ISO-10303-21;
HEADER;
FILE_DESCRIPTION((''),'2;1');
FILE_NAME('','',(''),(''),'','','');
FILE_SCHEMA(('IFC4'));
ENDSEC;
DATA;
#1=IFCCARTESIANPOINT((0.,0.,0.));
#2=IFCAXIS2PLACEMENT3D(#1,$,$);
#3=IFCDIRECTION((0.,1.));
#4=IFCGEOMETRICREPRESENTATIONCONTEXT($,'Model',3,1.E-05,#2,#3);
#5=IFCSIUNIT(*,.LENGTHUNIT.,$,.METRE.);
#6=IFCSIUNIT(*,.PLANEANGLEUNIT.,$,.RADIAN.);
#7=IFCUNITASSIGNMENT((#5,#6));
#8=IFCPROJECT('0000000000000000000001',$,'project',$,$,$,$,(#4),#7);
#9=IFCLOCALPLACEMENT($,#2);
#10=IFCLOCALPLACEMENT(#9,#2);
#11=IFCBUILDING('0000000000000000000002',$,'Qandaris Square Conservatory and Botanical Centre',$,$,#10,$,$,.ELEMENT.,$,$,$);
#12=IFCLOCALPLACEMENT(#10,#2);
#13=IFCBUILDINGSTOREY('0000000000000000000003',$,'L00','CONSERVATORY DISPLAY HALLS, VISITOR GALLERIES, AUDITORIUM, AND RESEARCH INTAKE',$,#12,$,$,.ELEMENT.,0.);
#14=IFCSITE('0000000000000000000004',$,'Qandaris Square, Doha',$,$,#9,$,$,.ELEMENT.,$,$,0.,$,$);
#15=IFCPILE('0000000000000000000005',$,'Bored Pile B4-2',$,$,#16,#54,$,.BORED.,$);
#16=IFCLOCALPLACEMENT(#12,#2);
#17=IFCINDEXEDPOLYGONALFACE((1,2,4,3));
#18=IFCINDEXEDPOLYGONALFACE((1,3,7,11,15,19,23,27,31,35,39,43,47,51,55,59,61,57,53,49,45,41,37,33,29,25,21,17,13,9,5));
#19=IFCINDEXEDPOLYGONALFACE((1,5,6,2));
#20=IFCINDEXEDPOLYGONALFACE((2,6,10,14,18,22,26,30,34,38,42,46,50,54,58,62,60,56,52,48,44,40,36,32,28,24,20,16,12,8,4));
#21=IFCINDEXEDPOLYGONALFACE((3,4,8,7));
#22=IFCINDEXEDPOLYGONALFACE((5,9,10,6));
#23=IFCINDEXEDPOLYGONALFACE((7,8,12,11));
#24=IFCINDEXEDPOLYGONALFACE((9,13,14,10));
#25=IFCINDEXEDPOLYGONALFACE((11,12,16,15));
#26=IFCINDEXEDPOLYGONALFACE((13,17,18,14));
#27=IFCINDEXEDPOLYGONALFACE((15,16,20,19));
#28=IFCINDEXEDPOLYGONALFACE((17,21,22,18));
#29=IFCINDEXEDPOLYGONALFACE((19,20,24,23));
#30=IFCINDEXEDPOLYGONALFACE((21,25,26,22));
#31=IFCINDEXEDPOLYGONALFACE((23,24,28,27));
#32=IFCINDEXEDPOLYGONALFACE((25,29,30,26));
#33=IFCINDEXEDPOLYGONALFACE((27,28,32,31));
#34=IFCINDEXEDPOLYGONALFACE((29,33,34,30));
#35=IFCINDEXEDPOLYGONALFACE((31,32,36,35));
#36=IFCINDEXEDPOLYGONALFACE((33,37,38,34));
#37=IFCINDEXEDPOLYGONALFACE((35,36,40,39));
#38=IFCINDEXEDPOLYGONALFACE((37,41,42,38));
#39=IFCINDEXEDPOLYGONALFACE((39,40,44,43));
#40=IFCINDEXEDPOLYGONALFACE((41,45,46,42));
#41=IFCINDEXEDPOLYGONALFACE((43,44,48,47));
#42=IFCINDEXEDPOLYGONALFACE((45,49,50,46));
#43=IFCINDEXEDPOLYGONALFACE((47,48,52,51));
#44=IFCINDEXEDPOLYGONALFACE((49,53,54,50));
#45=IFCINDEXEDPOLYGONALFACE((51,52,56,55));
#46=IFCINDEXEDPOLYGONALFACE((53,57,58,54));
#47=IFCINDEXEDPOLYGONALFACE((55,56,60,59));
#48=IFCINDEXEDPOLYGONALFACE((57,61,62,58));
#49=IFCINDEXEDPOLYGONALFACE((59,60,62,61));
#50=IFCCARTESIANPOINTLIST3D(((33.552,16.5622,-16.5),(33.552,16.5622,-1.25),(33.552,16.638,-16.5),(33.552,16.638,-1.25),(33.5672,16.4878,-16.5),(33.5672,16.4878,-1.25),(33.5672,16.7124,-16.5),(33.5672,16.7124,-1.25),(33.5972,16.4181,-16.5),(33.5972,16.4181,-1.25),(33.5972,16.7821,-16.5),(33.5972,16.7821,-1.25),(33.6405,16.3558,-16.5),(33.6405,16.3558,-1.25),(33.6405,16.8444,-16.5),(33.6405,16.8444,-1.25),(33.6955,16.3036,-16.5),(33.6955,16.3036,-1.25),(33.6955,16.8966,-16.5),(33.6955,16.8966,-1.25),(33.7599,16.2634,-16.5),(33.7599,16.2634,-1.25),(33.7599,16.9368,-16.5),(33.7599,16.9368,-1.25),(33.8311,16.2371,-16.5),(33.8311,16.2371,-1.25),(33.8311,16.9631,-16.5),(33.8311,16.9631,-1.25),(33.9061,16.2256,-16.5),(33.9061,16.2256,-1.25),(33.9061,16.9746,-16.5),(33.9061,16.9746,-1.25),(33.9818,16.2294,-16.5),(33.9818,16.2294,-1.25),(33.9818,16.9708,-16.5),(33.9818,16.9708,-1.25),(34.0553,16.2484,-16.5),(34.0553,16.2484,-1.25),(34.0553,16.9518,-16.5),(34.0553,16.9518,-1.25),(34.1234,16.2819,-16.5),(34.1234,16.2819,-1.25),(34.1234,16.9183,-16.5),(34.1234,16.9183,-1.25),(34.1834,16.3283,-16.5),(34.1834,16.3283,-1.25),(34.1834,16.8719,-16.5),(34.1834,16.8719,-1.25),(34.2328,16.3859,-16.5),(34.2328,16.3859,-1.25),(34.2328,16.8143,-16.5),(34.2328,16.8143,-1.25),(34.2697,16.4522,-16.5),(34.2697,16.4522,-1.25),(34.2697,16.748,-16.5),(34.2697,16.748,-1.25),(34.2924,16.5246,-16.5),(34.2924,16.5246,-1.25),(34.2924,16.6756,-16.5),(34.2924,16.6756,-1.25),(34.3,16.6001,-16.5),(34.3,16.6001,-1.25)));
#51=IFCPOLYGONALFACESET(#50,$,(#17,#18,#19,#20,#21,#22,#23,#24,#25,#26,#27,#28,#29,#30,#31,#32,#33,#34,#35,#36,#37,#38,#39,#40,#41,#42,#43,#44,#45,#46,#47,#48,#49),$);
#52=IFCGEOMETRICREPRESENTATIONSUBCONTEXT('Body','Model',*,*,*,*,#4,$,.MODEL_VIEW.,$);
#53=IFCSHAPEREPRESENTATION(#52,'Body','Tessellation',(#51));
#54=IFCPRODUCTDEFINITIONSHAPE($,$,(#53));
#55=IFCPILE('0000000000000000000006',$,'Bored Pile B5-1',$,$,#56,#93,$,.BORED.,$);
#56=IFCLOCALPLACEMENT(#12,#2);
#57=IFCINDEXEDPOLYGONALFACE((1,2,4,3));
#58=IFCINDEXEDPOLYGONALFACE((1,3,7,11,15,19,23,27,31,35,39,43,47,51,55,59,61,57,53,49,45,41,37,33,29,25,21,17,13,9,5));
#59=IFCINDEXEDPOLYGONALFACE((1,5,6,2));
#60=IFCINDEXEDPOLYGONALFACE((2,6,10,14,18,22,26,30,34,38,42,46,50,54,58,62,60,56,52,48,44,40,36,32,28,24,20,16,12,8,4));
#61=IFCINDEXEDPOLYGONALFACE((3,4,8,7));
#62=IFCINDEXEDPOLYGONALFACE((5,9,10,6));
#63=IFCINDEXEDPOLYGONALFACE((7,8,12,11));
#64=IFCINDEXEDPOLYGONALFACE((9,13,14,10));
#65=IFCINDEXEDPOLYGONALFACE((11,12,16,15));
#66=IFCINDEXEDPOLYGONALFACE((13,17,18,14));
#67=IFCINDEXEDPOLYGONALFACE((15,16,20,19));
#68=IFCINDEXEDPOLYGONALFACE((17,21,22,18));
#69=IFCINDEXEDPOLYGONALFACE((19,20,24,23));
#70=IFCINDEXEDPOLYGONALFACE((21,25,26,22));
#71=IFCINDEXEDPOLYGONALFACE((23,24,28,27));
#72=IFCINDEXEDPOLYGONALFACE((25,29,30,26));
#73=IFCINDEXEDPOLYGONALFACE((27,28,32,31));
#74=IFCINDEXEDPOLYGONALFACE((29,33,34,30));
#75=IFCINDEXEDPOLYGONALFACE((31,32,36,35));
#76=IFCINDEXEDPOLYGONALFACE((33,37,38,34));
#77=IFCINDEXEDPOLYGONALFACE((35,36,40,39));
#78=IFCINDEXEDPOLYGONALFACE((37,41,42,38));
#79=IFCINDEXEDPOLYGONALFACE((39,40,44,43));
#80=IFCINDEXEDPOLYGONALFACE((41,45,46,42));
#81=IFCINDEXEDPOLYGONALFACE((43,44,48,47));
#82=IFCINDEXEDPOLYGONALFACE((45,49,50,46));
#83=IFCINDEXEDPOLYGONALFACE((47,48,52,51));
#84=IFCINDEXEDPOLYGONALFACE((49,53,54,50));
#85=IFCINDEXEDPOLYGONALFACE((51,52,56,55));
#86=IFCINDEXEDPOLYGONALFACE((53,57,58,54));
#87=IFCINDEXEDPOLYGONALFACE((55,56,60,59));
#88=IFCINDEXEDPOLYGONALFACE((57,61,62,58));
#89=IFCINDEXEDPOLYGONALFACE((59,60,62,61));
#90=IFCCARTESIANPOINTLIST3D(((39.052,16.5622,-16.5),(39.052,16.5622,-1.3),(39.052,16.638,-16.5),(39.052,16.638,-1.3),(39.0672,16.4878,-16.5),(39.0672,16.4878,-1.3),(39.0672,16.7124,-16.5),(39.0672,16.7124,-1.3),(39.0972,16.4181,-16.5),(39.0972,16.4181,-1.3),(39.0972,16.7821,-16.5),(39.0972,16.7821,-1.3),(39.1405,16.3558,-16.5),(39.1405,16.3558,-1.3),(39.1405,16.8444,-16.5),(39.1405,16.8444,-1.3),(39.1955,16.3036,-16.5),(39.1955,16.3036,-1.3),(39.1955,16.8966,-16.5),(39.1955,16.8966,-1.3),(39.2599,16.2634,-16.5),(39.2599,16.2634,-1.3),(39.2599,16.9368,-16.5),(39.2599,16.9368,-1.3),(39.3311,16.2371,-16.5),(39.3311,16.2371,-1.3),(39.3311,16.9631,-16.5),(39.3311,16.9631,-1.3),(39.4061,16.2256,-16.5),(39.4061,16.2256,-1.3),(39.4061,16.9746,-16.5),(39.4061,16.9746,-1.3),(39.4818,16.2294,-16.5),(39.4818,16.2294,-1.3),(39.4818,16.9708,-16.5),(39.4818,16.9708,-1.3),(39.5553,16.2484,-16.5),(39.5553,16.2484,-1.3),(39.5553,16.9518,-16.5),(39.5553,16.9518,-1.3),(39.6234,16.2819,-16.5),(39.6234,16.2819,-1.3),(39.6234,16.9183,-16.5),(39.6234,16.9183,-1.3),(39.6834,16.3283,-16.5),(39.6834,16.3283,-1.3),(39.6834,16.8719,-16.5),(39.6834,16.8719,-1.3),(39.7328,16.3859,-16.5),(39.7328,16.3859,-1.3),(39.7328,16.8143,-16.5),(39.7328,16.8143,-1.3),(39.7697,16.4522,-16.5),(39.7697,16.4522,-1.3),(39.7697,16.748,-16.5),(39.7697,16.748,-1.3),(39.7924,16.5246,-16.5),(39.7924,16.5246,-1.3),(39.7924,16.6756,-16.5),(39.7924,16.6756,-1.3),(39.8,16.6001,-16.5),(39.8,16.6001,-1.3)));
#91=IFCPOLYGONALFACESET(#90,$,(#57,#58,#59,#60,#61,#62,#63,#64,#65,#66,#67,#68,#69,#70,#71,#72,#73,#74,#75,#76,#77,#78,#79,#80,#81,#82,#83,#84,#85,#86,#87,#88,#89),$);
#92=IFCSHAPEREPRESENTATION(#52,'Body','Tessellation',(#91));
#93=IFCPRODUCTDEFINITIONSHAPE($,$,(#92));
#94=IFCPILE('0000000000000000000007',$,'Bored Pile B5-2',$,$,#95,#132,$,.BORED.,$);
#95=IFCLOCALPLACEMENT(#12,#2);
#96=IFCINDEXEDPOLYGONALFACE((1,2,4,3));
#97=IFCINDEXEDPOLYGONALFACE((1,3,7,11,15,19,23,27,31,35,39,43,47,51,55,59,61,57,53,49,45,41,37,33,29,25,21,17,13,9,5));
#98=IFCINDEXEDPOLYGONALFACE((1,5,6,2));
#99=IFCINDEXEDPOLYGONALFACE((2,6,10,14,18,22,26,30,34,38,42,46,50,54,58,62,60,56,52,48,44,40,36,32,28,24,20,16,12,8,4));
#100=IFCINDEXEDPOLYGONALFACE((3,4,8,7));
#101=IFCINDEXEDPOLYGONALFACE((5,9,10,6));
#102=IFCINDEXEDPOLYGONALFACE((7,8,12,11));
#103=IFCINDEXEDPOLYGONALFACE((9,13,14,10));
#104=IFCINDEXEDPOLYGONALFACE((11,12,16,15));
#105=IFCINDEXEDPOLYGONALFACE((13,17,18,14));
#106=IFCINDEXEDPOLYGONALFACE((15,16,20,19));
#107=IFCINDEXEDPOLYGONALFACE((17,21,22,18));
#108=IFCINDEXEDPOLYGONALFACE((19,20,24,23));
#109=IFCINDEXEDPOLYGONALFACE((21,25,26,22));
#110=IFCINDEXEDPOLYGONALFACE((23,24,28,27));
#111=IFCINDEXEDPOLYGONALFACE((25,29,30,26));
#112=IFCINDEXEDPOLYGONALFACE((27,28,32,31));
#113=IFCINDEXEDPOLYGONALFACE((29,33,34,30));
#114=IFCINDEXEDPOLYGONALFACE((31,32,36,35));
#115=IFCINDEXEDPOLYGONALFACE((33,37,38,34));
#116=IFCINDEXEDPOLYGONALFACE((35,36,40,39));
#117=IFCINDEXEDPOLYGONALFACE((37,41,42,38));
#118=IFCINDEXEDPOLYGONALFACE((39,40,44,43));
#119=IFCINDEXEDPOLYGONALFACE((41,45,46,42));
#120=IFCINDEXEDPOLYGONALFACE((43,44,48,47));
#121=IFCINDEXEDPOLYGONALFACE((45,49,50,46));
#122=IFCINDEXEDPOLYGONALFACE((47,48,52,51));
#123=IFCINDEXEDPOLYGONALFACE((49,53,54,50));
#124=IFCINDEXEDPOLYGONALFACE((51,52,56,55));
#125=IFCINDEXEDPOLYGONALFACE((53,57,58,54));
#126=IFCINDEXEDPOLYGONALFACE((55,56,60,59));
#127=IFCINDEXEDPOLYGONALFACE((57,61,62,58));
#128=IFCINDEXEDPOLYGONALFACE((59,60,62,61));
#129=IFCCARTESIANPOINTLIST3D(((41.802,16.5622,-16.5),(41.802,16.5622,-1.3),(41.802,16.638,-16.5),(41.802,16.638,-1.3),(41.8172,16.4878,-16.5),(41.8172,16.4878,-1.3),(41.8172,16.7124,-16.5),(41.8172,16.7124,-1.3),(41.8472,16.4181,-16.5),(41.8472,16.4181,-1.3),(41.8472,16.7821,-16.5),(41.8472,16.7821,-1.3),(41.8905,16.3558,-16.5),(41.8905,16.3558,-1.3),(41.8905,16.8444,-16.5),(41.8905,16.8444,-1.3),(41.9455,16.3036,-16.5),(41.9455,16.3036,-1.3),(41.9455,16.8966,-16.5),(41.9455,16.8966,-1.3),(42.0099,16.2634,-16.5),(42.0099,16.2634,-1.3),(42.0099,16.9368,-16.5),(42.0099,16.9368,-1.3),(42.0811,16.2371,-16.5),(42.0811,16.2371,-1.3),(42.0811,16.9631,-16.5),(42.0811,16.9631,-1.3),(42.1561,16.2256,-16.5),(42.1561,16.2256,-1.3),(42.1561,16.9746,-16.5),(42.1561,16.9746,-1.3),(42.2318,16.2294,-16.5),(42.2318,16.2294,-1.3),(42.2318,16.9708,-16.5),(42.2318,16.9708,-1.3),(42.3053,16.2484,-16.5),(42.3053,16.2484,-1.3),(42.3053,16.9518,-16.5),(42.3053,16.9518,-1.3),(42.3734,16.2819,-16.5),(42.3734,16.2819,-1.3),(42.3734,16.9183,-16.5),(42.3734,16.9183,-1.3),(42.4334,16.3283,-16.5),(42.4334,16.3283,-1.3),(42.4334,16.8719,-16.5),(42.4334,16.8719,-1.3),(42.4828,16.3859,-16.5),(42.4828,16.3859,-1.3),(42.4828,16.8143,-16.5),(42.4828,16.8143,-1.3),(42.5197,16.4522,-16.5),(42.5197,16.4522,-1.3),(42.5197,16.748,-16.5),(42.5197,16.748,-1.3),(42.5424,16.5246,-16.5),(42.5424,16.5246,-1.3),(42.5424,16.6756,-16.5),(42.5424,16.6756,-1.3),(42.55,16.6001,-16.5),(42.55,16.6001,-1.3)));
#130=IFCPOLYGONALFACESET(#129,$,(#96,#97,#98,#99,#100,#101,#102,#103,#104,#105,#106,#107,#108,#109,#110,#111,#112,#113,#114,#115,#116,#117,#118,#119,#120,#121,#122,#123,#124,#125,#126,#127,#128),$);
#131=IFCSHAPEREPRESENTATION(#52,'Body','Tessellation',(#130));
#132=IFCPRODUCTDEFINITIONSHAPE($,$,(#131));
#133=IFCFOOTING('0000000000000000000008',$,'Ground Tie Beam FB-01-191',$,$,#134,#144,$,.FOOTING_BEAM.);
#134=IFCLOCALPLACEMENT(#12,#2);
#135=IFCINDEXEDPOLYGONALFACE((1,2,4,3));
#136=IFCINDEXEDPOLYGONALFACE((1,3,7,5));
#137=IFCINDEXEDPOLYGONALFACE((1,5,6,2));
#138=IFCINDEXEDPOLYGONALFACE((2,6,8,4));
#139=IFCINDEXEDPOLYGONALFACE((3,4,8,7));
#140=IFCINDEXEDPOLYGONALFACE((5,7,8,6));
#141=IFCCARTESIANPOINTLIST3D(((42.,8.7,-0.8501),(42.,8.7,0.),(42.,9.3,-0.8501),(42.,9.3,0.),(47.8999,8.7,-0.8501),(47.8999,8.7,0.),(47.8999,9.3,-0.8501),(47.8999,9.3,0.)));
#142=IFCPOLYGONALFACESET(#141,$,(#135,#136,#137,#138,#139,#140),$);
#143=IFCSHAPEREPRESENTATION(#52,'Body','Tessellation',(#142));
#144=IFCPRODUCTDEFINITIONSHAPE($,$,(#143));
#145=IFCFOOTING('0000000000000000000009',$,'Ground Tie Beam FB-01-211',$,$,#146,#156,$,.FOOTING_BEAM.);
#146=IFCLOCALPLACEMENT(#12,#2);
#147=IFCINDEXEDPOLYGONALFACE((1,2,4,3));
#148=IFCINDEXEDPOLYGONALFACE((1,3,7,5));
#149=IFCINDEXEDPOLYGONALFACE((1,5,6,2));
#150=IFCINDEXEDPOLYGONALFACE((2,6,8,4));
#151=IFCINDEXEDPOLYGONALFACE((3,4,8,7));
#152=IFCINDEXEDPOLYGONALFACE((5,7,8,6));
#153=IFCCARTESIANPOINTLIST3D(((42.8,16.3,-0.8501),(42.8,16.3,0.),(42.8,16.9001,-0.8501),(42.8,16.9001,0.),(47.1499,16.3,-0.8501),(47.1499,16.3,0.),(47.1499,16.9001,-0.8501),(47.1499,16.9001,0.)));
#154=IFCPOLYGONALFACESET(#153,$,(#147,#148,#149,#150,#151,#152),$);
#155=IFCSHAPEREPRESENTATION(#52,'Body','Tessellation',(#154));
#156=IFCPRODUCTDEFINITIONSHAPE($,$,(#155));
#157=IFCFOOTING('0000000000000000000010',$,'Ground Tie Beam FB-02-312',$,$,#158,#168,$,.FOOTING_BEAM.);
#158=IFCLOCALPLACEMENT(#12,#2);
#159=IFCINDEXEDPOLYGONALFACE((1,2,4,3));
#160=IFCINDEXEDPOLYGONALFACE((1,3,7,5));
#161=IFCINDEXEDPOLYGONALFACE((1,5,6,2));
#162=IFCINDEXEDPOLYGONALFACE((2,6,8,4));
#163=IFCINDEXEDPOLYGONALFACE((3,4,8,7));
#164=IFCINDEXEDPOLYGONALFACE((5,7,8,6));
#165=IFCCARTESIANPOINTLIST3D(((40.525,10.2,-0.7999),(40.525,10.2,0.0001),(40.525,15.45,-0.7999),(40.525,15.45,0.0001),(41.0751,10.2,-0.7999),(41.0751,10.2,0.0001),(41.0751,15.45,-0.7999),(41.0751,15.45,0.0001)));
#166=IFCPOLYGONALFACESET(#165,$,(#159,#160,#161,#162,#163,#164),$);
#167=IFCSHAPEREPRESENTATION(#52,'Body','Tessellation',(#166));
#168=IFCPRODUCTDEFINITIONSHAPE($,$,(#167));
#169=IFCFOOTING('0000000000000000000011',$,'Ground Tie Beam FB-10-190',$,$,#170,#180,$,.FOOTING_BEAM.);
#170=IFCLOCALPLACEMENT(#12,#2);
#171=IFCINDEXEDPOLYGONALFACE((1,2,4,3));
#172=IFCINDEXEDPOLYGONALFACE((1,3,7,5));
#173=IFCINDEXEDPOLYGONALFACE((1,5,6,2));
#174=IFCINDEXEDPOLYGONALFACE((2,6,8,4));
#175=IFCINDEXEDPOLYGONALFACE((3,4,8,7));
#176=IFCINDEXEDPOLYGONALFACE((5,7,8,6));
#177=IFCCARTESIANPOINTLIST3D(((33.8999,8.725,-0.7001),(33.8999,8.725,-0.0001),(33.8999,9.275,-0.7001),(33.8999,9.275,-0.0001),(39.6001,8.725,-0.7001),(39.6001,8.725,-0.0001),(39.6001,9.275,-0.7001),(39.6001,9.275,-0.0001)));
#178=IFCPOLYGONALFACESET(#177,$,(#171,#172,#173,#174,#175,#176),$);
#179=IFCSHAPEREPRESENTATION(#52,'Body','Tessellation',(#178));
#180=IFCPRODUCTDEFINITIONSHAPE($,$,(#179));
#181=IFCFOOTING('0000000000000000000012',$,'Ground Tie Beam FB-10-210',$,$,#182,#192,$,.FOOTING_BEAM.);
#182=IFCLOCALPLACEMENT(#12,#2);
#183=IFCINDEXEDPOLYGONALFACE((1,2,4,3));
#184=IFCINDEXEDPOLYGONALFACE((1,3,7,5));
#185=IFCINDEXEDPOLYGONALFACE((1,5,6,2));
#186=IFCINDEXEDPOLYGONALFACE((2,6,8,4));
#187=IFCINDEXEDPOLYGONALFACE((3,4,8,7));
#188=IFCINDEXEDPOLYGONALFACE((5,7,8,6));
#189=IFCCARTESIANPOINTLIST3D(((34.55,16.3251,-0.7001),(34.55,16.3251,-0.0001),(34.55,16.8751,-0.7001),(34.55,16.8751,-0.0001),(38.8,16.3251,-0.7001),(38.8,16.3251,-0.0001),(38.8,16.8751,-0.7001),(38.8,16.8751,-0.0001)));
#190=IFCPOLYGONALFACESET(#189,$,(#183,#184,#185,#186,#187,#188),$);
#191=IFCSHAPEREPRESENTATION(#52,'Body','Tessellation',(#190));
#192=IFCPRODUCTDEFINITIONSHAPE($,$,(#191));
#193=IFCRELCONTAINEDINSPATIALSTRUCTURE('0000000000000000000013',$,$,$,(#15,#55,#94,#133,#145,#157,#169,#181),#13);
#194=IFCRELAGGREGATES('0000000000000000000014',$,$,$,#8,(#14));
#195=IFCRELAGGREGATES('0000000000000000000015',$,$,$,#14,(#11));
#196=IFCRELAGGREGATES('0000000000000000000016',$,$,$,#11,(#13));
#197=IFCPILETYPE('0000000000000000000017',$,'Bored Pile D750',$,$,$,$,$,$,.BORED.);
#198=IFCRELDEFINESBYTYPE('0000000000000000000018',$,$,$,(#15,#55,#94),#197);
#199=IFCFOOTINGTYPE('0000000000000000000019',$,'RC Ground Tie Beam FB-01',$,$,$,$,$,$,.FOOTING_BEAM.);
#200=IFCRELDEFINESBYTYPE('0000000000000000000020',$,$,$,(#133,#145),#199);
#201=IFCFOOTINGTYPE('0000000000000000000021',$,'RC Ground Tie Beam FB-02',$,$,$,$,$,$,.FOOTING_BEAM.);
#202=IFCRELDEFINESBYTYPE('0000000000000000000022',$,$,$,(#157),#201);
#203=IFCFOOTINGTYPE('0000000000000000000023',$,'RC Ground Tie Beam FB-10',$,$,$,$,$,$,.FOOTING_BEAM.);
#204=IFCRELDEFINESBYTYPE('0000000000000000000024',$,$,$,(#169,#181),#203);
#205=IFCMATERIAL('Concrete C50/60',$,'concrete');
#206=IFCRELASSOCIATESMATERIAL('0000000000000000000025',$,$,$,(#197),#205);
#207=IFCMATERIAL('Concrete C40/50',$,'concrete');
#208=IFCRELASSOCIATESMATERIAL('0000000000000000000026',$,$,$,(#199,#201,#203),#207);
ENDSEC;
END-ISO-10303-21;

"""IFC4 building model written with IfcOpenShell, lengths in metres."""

from ifc_helpers import new_model, si_unit, direction, frame, origin, origin_2d, place, context, subcontext, project, spatial, rectangle, circle, extrude, material, material_profile, profile_set, type_object, element, save


model = new_model("IFC4")

# Units and contexts
model_context = context("Model", 3, precision=1e-05, world=origin(), true_north=direction((0.0, 1.0)))
body_context = subcontext(model_context, "Body", "Model", "MODEL_VIEW")
ifc_project = project(units=[si_unit("LENGTHUNIT", "METRE"), si_unit("PLANEANGLEUNIT", "RADIAN")], contexts=[model_context])

# Site, building, storey
site_placement = place(None, origin())
site = spatial("IfcSite", under=ifc_project, at=site_placement, Name="Qandaris Square, Doha", CompositionType="ELEMENT", RefElevation=0.0)
building_placement = place(site_placement, origin())
building = spatial("IfcBuilding", under=site, at=building_placement, Name="Qandaris Square Conservatory and Botanical Centre", CompositionType="ELEMENT")
storey_placement = place(building_placement, origin())
storey = spatial("IfcBuildingStorey", under=building, at=storey_placement, Name="L00", Description="CONSERVATORY DISPLAY HALLS, VISITOR GALLERIES, AUDITORIUM, AND RESEARCH INTAKE", CompositionType="ELEMENT", Elevation=0.0)

# Piles
ifc_material_1 = material(Name="Concrete C50/60", Category="concrete")
ifc_material_profile_1 = material_profile(ifc_material_1, circle(Radius=0.375, at=origin_2d()), Name="PILE D750")
ifc_profile_set_1 = profile_set([ifc_material_profile_1], Name="Concrete C50/60")
pile_type = type_object("IfcPileType", Name="Bored Pile D750", PredefinedType="BORED", material=ifc_profile_set_1)
pile_placement = place(storey_placement, frame((33.925, 16.6001, -1.25), z_axis=(0.0, 0.0, -1.0), x_axis=(1.0, 0.0, 0.0)))
element("IfcPile", 1, at=pile_placement, inside=storey, type_object=pile_type, Name="Bored Pile B4-2", PredefinedType="BORED", context=body_context, shape_type="SweptSolid", body=[
    extrude(circle(Radius=0.375, at=origin_2d()), origin(), (0.0, 0.0, 1.0), 15.25),
])
for number, where, z_axis, x_axis, name in (
    (2, (39.425, 16.6001, -1.3), (0.0, 0.0, -1.0), (1.0, 0.0, 0.0), "Bored Pile B5-1"),
    (3, (42.175, 16.6001, -1.3), (0.0, 0.0, -1.0), (1.0, 0.0, 0.0), "Bored Pile B5-2"),
):
    element("IfcPile", number, at=place(storey_placement, frame(where, z_axis=z_axis, x_axis=x_axis)), inside=storey, type_object=pile_type, Name=name, PredefinedType="BORED", context=body_context, shape_type="SweptSolid", body=[
        extrude(circle(Radius=0.375, at=origin_2d()), origin(), (0.0, 0.0, 1.0), 15.2),
    ])

# Footings
ifc_material_2 = material(Name="Concrete C40/50", Category="concrete")
ifc_material_profile_2 = material_profile(ifc_material_2, rectangle(XDim=0.6001, YDim=0.8501, at=origin_2d()), Name="FB 600x850")
ifc_profile_set_2 = profile_set([ifc_material_profile_2], Name="Concrete C40/50")
footing_type_1 = type_object("IfcFootingType", Name="RC Ground Tie Beam FB-01", PredefinedType="FOOTING_BEAM", material=ifc_profile_set_2)
footing_1_placement = place(storey_placement, frame((42.0, 9.0, -0.425), z_axis=(1.0, 0.0, 0.0), x_axis=(0.0, 1.0, 0.0)))
element("IfcFooting", 4, at=footing_1_placement, inside=storey, type_object=footing_type_1, Name="Ground Tie Beam FB-01-191", PredefinedType="FOOTING_BEAM", context=body_context, shape_type="SweptSolid", body=[
    extrude(rectangle(XDim=0.6001, YDim=0.8501, at=origin_2d()), origin(), (0.0, 0.0, 1.0), 5.8999),
])
footing_2_placement = place(storey_placement, frame((42.8, 16.6001, -0.425), z_axis=(1.0, 0.0, 0.0), x_axis=(0.0, 1.0, 0.0)))
element("IfcFooting", 5, at=footing_2_placement, inside=storey, type_object=footing_type_1, Name="Ground Tie Beam FB-01-211", PredefinedType="FOOTING_BEAM", context=body_context, shape_type="SweptSolid", body=[
    extrude(rectangle(XDim=0.6001, YDim=0.8501, at=origin_2d()), origin(), (0.0, 0.0, 1.0), 4.3499),
])
ifc_material_profile_3 = material_profile(ifc_material_2, rectangle(XDim=0.55, YDim=0.8, at=origin_2d()), Name="FB 550x800")
ifc_profile_set_3 = profile_set([ifc_material_profile_3], Name="Concrete C40/50")
footing_type_2 = type_object("IfcFootingType", Name="RC Ground Tie Beam FB-02", PredefinedType="FOOTING_BEAM", material=ifc_profile_set_3)
footing_3_placement = place(storey_placement, frame((40.8, 10.2, -0.3999), z_axis=(0.0, 1.0, 0.0), x_axis=(-1.0, 0.0, 0.0)))
element("IfcFooting", 6, at=footing_3_placement, inside=storey, type_object=footing_type_2, Name="Ground Tie Beam FB-02-312", PredefinedType="FOOTING_BEAM", context=body_context, shape_type="SweptSolid", body=[
    extrude(rectangle(XDim=0.55, YDim=0.8, at=origin_2d()), origin(), (0.0, 0.0, 1.0), 5.25),
])
ifc_material_profile_4 = material_profile(ifc_material_2, rectangle(XDim=0.55, YDim=0.7, at=origin_2d()), Name="FB 550x700")
ifc_profile_set_4 = profile_set([ifc_material_profile_4], Name="Concrete C40/50")
footing_type_3 = type_object("IfcFootingType", Name="RC Ground Tie Beam FB-10", PredefinedType="FOOTING_BEAM", material=ifc_profile_set_4)
footing_4_placement = place(storey_placement, frame((33.8999, 9.0, -0.3501), z_axis=(1.0, 0.0, 0.0), x_axis=(0.0, 1.0, 0.0)))
element("IfcFooting", 7, at=footing_4_placement, inside=storey, type_object=footing_type_3, Name="Ground Tie Beam FB-10-190", PredefinedType="FOOTING_BEAM", context=body_context, shape_type="SweptSolid", body=[
    extrude(rectangle(XDim=0.55, YDim=0.7, at=origin_2d()), origin(), (0.0, 0.0, 1.0), 5.7002),
])
footing_5_placement = place(storey_placement, frame((34.55, 16.6001, -0.3501), z_axis=(1.0, 0.0, 0.0), x_axis=(0.0, 1.0, 0.0)))
element("IfcFooting", 8, at=footing_5_placement, inside=storey, type_object=footing_type_3, Name="Ground Tie Beam FB-10-210", PredefinedType="FOOTING_BEAM", context=body_context, shape_type="SweptSolid", body=[
    extrude(rectangle(XDim=0.55, YDim=0.7, at=origin_2d()), origin(), (0.0, 0.0, 1.0), 4.25),
])

save(model, "model.ifc")
